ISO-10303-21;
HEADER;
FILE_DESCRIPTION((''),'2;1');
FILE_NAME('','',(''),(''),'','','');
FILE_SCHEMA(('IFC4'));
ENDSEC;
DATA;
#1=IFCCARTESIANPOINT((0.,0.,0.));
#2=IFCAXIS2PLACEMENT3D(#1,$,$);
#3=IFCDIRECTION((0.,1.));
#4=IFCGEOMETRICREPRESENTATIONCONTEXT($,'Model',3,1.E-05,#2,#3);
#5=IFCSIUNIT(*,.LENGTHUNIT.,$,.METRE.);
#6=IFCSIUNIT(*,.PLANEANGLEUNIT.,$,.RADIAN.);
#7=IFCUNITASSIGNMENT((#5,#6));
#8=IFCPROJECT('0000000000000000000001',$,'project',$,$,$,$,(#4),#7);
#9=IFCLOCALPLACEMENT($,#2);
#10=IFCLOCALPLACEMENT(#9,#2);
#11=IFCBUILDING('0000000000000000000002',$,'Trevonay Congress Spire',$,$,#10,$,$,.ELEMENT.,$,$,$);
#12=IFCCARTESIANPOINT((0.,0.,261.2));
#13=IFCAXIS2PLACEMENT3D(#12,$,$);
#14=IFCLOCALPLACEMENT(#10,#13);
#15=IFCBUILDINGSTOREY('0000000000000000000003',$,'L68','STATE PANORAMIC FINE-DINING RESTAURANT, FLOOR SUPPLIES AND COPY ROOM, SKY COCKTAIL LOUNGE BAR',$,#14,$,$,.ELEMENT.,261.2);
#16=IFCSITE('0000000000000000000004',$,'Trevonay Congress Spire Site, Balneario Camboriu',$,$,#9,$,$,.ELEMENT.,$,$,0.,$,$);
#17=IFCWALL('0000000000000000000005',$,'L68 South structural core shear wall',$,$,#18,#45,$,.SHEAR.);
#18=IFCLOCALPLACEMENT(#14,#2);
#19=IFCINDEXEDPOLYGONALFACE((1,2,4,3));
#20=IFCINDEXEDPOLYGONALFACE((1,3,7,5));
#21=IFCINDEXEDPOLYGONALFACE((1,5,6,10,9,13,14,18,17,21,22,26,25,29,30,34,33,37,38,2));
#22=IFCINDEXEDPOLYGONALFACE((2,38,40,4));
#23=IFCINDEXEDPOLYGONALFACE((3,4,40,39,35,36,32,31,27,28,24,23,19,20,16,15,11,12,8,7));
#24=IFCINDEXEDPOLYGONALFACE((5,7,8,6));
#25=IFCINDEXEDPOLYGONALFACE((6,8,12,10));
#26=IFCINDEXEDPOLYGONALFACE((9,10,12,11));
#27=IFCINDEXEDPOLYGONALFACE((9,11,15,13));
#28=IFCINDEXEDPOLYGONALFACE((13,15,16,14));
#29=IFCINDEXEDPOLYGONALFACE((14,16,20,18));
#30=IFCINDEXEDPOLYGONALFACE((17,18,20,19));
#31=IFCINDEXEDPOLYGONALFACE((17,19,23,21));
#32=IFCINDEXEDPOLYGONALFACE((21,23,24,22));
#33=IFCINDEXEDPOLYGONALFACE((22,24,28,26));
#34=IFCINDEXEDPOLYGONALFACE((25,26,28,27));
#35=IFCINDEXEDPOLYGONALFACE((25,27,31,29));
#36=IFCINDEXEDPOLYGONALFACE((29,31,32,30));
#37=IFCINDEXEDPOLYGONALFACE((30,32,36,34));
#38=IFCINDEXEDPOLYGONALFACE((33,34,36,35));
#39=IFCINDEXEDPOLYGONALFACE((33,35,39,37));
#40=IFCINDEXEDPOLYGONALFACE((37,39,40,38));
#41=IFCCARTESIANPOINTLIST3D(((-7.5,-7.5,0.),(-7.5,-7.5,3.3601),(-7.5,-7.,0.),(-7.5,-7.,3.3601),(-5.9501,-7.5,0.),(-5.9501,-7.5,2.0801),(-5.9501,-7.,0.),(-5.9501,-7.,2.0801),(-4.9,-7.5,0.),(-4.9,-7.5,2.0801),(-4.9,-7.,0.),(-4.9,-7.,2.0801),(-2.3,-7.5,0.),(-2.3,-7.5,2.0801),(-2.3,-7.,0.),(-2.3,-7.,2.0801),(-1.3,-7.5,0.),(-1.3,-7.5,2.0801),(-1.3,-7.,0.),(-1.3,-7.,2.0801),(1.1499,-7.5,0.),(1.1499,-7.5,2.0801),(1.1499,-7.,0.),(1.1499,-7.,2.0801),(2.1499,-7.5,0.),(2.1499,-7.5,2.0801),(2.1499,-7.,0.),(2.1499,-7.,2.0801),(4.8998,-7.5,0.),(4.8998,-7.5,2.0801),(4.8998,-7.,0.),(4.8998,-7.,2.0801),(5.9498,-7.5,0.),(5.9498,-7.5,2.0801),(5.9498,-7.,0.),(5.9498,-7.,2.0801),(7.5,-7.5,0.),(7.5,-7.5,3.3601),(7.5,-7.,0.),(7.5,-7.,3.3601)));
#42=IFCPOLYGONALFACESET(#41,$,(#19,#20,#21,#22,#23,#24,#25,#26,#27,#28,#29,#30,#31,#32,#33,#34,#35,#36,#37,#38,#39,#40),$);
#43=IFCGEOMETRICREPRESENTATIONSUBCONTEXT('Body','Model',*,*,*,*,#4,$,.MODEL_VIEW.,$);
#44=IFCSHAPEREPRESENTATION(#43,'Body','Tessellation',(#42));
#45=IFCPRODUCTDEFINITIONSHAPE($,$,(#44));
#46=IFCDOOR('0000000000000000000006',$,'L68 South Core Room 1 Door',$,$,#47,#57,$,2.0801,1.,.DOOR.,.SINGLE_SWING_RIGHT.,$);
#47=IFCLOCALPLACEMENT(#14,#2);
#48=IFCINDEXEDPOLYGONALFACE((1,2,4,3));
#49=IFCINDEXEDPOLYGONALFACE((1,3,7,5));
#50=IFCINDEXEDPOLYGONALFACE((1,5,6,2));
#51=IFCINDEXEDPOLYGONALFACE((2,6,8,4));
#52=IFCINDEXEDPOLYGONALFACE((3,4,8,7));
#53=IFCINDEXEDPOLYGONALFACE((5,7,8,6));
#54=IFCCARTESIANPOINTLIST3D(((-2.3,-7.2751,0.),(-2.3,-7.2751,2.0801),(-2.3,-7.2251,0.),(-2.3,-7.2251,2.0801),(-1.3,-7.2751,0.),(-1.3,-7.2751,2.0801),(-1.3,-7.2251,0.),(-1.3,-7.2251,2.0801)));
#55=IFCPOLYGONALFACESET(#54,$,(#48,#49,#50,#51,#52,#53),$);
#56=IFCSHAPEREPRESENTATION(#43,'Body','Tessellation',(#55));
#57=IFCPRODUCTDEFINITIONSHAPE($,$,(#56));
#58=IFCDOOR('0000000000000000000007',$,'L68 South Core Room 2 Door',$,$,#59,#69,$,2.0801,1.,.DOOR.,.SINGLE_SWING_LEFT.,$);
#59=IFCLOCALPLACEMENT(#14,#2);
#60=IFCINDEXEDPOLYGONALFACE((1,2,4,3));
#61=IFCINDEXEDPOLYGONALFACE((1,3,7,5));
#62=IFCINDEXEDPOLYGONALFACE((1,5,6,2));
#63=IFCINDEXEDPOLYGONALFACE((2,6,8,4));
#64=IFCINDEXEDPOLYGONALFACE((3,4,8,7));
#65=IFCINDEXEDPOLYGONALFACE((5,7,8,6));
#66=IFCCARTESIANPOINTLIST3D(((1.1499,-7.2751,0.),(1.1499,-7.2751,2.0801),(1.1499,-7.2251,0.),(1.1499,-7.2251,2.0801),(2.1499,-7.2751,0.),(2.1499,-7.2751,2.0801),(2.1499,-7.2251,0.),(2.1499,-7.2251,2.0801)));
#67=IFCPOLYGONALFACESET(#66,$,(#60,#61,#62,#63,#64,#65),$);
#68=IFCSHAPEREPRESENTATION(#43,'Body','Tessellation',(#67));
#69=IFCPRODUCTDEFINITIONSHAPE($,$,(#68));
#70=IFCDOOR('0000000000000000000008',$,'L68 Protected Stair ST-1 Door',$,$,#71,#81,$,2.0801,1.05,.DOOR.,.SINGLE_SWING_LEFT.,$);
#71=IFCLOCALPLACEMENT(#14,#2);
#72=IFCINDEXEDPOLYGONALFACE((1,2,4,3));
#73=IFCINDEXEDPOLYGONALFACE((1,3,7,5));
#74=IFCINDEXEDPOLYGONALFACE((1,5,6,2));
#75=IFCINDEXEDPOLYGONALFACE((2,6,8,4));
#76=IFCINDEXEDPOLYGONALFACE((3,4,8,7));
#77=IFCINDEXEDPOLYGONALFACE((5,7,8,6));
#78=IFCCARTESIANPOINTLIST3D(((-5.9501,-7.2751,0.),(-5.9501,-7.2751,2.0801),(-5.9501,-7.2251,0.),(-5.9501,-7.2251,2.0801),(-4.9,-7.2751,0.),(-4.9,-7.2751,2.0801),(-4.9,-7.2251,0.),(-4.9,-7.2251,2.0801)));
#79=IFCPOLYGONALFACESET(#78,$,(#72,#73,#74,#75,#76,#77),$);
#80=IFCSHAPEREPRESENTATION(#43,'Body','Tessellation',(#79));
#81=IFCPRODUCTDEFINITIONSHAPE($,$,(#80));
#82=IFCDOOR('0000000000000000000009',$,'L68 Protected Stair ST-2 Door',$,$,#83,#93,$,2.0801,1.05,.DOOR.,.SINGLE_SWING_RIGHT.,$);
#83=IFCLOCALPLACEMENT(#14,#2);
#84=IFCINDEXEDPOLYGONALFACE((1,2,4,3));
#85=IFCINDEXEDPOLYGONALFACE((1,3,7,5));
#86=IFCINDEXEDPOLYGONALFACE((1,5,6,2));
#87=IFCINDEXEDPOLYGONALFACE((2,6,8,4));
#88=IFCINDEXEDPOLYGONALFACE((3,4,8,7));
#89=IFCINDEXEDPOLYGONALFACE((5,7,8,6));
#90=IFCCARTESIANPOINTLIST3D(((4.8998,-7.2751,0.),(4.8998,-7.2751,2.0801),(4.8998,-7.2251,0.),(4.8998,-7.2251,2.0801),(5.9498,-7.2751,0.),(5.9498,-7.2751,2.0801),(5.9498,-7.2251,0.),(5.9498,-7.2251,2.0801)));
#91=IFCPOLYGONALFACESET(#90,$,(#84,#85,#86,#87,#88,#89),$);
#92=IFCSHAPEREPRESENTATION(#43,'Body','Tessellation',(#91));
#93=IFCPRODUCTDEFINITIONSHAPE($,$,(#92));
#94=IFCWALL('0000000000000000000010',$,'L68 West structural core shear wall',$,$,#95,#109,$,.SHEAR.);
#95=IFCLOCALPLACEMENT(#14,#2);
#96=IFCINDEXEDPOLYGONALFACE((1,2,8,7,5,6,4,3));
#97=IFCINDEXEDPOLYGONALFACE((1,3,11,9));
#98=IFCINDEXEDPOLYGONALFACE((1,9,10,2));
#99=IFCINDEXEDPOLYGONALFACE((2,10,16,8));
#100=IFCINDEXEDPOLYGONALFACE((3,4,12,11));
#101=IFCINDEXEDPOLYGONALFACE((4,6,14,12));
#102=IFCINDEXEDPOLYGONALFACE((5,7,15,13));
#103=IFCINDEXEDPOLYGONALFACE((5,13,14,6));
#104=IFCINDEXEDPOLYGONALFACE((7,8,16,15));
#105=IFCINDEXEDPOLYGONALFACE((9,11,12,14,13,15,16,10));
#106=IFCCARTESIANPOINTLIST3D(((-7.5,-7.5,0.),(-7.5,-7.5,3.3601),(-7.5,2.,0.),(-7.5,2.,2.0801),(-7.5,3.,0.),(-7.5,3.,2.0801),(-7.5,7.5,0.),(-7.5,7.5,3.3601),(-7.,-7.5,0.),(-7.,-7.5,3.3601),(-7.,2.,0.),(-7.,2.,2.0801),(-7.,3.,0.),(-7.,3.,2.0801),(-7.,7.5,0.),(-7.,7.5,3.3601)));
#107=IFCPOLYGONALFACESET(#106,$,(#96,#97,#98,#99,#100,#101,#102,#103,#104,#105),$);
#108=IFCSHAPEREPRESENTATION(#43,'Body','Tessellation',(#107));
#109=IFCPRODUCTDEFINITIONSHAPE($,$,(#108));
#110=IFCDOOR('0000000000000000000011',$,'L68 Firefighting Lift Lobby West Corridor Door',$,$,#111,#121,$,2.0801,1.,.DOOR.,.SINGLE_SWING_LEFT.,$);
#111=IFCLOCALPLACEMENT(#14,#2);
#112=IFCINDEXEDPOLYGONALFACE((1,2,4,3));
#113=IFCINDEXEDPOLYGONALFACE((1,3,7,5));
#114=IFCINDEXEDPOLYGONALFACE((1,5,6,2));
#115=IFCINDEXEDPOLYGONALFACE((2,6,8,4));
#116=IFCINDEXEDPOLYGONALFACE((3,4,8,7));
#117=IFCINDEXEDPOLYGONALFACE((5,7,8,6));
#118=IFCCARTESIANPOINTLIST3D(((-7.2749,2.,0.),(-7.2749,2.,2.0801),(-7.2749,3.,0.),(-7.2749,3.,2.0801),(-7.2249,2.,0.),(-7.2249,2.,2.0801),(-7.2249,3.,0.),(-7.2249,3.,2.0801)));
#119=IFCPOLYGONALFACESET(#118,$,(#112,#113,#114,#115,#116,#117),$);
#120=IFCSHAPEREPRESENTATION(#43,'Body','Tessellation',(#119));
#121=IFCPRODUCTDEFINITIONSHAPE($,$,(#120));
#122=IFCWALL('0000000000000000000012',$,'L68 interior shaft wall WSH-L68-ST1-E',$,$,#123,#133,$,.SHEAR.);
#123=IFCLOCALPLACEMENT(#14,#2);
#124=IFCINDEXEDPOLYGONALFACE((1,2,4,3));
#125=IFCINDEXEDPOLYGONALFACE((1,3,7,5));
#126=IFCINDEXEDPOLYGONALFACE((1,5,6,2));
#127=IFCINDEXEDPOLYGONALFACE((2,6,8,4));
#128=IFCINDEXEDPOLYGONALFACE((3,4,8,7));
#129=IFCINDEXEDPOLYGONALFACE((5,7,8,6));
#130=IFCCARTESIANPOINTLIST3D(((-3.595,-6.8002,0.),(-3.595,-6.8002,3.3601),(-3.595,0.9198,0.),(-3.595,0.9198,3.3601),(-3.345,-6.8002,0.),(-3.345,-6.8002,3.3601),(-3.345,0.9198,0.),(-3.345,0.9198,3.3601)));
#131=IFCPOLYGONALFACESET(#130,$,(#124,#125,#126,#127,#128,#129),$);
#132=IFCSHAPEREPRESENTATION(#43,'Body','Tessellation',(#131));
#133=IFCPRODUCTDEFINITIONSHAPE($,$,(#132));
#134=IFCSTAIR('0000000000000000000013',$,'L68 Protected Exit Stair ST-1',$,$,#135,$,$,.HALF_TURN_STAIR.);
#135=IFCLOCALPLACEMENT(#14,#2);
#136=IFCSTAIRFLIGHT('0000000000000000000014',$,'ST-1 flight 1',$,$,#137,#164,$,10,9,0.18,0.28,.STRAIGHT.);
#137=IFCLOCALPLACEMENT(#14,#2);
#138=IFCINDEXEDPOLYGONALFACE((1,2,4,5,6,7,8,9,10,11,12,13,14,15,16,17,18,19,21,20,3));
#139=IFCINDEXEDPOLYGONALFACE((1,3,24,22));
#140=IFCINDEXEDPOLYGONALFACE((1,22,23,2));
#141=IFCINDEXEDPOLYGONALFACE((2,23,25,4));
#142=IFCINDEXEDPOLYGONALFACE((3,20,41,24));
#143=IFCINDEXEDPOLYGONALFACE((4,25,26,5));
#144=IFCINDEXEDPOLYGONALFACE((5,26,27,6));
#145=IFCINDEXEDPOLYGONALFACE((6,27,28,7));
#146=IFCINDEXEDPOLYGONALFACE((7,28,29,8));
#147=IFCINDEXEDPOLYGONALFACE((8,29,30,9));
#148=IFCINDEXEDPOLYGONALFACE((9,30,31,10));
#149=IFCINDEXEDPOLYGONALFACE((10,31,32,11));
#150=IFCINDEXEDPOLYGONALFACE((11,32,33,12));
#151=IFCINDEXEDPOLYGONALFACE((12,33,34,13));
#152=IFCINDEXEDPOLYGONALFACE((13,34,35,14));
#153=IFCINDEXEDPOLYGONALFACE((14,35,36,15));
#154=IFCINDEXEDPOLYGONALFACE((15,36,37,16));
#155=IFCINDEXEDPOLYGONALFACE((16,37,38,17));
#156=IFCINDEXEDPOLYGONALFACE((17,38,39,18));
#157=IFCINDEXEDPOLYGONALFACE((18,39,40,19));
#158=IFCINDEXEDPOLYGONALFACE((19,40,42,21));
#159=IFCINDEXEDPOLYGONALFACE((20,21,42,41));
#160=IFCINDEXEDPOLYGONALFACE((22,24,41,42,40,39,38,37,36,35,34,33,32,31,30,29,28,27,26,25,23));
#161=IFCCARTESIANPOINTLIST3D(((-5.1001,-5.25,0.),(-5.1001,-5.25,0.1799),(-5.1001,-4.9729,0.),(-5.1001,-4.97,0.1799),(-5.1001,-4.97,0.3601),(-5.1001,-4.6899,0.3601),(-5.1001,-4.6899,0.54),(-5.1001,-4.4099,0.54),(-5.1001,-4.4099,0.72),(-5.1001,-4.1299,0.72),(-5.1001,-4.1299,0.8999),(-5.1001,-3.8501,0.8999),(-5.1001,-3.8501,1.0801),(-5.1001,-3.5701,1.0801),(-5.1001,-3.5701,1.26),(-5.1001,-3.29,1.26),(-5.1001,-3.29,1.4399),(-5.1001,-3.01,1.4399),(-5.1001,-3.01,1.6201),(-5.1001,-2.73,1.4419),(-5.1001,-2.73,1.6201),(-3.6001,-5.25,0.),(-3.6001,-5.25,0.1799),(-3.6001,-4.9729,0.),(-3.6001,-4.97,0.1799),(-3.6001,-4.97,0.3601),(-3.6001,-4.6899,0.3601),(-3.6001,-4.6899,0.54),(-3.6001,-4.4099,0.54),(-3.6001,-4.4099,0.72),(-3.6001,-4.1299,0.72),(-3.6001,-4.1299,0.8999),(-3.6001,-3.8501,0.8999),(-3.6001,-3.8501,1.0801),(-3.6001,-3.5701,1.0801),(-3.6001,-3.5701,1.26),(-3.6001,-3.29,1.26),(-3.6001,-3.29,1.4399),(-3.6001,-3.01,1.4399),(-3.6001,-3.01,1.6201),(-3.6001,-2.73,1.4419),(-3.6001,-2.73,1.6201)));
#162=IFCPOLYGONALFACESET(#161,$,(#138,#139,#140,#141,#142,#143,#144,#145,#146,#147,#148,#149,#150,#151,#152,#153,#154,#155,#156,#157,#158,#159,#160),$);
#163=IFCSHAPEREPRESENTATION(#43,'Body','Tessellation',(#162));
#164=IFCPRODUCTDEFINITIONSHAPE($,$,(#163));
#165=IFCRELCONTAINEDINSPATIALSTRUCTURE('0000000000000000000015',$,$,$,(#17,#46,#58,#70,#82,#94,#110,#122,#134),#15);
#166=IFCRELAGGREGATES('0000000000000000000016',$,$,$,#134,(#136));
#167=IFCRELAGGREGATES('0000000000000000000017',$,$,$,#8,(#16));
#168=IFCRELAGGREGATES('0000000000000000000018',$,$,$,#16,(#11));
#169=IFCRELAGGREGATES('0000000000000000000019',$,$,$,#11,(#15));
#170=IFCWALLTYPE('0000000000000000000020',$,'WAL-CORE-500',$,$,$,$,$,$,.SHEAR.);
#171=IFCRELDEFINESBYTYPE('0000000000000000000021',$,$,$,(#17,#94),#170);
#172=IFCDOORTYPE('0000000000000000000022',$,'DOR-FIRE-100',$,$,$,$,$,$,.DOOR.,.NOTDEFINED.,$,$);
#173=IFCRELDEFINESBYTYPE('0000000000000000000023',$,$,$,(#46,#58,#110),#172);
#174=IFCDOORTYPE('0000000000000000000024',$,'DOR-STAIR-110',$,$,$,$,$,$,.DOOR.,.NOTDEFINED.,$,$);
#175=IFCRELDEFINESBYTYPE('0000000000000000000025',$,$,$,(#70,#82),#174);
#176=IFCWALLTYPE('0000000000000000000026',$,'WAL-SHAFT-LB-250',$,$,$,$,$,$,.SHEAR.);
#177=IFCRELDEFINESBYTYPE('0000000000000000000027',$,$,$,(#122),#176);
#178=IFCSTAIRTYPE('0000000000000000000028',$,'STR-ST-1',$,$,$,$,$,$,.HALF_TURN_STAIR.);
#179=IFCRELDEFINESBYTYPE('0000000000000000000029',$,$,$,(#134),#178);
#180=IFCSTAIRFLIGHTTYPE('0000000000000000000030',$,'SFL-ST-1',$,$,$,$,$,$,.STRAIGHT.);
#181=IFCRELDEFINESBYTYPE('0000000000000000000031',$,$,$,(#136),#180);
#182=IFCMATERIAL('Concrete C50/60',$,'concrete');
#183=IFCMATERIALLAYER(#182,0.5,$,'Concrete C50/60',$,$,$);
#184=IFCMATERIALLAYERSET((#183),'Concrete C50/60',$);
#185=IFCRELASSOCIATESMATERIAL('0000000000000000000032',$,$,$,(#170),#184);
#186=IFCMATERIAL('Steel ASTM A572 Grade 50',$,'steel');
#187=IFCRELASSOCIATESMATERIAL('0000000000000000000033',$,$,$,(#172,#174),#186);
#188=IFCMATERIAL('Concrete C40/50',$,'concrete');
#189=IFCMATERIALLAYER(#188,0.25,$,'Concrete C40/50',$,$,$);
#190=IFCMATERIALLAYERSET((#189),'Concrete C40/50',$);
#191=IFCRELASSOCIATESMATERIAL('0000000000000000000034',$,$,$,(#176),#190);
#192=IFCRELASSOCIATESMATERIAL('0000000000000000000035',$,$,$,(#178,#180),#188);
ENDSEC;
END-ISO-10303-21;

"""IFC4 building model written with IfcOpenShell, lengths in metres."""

from ifc_helpers import new_model, si_unit, direction, frame, frame_2d, origin, place, context, subcontext, project, spatial, polyline, rectangle, outline, extrude, material, layer, layer_set, type_object, element, fill, aggregate, save


model = new_model("IFC4")

# Units and contexts
model_context = context("Model", 3, precision=1e-05, world=origin(), true_north=direction((0.0, 1.0)))
body_context = subcontext(model_context, "Body", "Model", "MODEL_VIEW")
ifc_project = project(units=[si_unit("LENGTHUNIT", "METRE"), si_unit("PLANEANGLEUNIT", "RADIAN")], contexts=[model_context])

# Site, building, storey
site_placement = place(None, origin())
site = spatial("IfcSite", under=ifc_project, at=site_placement, Name="Trevonay Congress Spire Site, Balneario Camboriu", CompositionType="ELEMENT", RefElevation=0.0)
building_placement = place(site_placement, origin())
building = spatial("IfcBuilding", under=site, at=building_placement, Name="Trevonay Congress Spire", CompositionType="ELEMENT")
storey_placement = place(building_placement, frame((0.0, 0.0, 261.2)))
storey = spatial("IfcBuildingStorey", under=building, at=storey_placement, Name="L68", Description="STATE PANORAMIC FINE-DINING RESTAURANT, FLOOR SUPPLIES AND COPY ROOM, SKY COCKTAIL LOUNGE BAR", CompositionType="ELEMENT", Elevation=261.2)

# Shared definitions
ifc_material_1 = material(Name="Steel ASTM A572 Grade 50", Category="steel")

# Wall, openings, doors
ifc_material_2 = material(Name="Concrete C50/60", Category="concrete")
ifc_layer_1 = layer(ifc_material_2, 0.5, Name="Concrete C50/60")
ifc_layer_set_1 = layer_set([ifc_layer_1], Name="Concrete C50/60")
wall_type_1 = type_object("IfcWallType", Name="WAL-CORE-500", PredefinedType="SHEAR", material=ifc_layer_set_1)
wall_1_placement = place(storey_placement, frame((-7.5, -7.25, 0.0), z_axis=(0.0, 0.0, 1.0), x_axis=(1.0, 0.0, 0.0)))
wall_1 = element("IfcWall", 1, at=wall_1_placement, inside=storey, type_object=wall_type_1, Name="L68 South structural core shear wall", PredefinedType="SHEAR", context=body_context, shape_type="SweptSolid", body=[
    extrude(rectangle(XDim=15.0, YDim=0.5, at=frame_2d((7.5, 0.0))), origin(), (0.0, 0.0, 1.0), 3.3601),
])
opening_1_placement = place(wall_1_placement, frame((1.55, 0.0, 0.0)))
opening_1 = element("IfcOpeningElement", 2, at=opening_1_placement, cuts=wall_1, PredefinedType="OPENING", context=body_context, shape_type="SweptSolid", body=[
    extrude(rectangle(XDim=1.05, YDim=2.0801, at=frame_2d((0.5249, 1.04))), frame((0.0, 0.26, 0.0), z_axis=(0.0, -1.0, 0.0), x_axis=(1.0, 0.0, 0.0)), (0.0, 0.0, 1.0), 0.52),
])
opening_2_placement = place(wall_1_placement, frame((12.3999, 0.0, 0.0)))
opening_2 = element("IfcOpeningElement", 3, at=opening_2_placement, cuts=wall_1, PredefinedType="OPENING", context=body_context, shape_type="SweptSolid", body=[
    extrude(rectangle(XDim=1.05, YDim=2.0801, at=frame_2d((0.5249, 1.04))), frame((0.0, 0.26, 0.0), z_axis=(0.0, -1.0, 0.0), x_axis=(1.0, 0.0, 0.0)), (0.0, 0.0, 1.0), 0.52),
])
opening_3_placement = place(wall_1_placement, frame((5.2, 0.0, 0.0)))
opening_3 = element("IfcOpeningElement", 4, at=opening_3_placement, cuts=wall_1, PredefinedType="OPENING", context=body_context, shape_type="SweptSolid", body=[
    extrude(rectangle(XDim=1.0, YDim=2.0801, at=frame_2d((0.5, 1.04))), frame((0.0, 0.26, 0.0), z_axis=(0.0, -1.0, 0.0), x_axis=(1.0, 0.0, 0.0)), (0.0, 0.0, 1.0), 0.52),
])
opening_4_placement = place(wall_1_placement, frame((8.6499, 0.0, 0.0)))
opening_4 = element("IfcOpeningElement", 5, at=opening_4_placement, cuts=wall_1, PredefinedType="OPENING", context=body_context, shape_type="SweptSolid", body=[
    extrude(rectangle(XDim=1.0, YDim=2.0801, at=frame_2d((0.5, 1.04))), frame((0.0, 0.26, 0.0), z_axis=(0.0, -1.0, 0.0), x_axis=(1.0, 0.0, 0.0)), (0.0, 0.0, 1.0), 0.52),
])
door_type_1 = type_object("IfcDoorType", Name="DOR-FIRE-100", OperationType="NOTDEFINED", PredefinedType="DOOR", material=ifc_material_1)
door_1_placement = place(opening_3_placement, origin())
door_1 = element("IfcDoor", 6, at=door_1_placement, inside=storey, type_object=door_type_1, Name="L68 South Core Room 1 Door", OperationType="SINGLE_SWING_RIGHT", OverallHeight=2.0801, OverallWidth=1.0, PredefinedType="DOOR", context=body_context, shape_type="SweptSolid", body=[
    extrude(rectangle(XDim=1.0, YDim=2.0801, at=frame_2d((0.5, 1.04))), frame((0.0, 0.0249, 0.0), z_axis=(0.0, -1.0, 0.0), x_axis=(1.0, 0.0, 0.0)), (0.0, 0.0, 1.0), 0.05),
])
fill(opening_3, door_1)
door_2_placement = place(opening_4_placement, origin())
door_2 = element("IfcDoor", 7, at=door_2_placement, inside=storey, type_object=door_type_1, Name="L68 South Core Room 2 Door", OperationType="SINGLE_SWING_LEFT", OverallHeight=2.0801, OverallWidth=1.0, PredefinedType="DOOR", context=body_context, shape_type="SweptSolid", body=[
    extrude(rectangle(XDim=1.0, YDim=2.0801, at=frame_2d((0.5, 1.04))), frame((0.0, 0.0249, 0.0), z_axis=(0.0, -1.0, 0.0), x_axis=(1.0, 0.0, 0.0)), (0.0, 0.0, 1.0), 0.05),
])
fill(opening_4, door_2)
door_type_2 = type_object("IfcDoorType", Name="DOR-STAIR-110", OperationType="NOTDEFINED", PredefinedType="DOOR", material=ifc_material_1)
door_3_placement = place(opening_1_placement, origin())
door_3 = element("IfcDoor", 8, at=door_3_placement, inside=storey, type_object=door_type_2, Name="L68 Protected Stair ST-1 Door", OperationType="SINGLE_SWING_LEFT", OverallHeight=2.0801, OverallWidth=1.05, PredefinedType="DOOR", context=body_context, shape_type="SweptSolid", body=[
    extrude(rectangle(XDim=1.05, YDim=2.0801, at=frame_2d((0.5249, 1.04))), frame((0.0, 0.0249, 0.0), z_axis=(0.0, -1.0, 0.0), x_axis=(1.0, 0.0, 0.0)), (0.0, 0.0, 1.0), 0.05),
])
fill(opening_1, door_3)
door_4_placement = place(opening_2_placement, origin())
door_4 = element("IfcDoor", 9, at=door_4_placement, inside=storey, type_object=door_type_2, Name="L68 Protected Stair ST-2 Door", OperationType="SINGLE_SWING_RIGHT", OverallHeight=2.0801, OverallWidth=1.05, PredefinedType="DOOR", context=body_context, shape_type="SweptSolid", body=[
    extrude(rectangle(XDim=1.05, YDim=2.0801, at=frame_2d((0.5249, 1.04))), frame((0.0, 0.0249, 0.0), z_axis=(0.0, -1.0, 0.0), x_axis=(1.0, 0.0, 0.0)), (0.0, 0.0, 1.0), 0.05),
])
fill(opening_2, door_4)

# Wall, opening, door
wall_2_placement = place(storey_placement, frame((-7.25, -7.5, 0.0), z_axis=(0.0, 0.0, 1.0), x_axis=(0.0, 1.0, 0.0)))
wall_2 = element("IfcWall", 10, at=wall_2_placement, inside=storey, type_object=wall_type_1, Name="L68 West structural core shear wall", PredefinedType="SHEAR", context=body_context, shape_type="SweptSolid", body=[
    extrude(rectangle(XDim=15.0, YDim=0.5, at=frame_2d((7.5, 0.0))), origin(), (0.0, 0.0, 1.0), 3.3601),
])
opening_5_placement = place(wall_2_placement, frame((9.5, 0.0, 0.0)))
opening_5 = element("IfcOpeningElement", 11, at=opening_5_placement, cuts=wall_2, PredefinedType="OPENING", context=body_context, shape_type="SweptSolid", body=[
    extrude(rectangle(XDim=1.0, YDim=2.0801, at=frame_2d((0.5, 1.04))), frame((0.0, 0.26, 0.0), z_axis=(0.0, -1.0, 0.0), x_axis=(1.0, 0.0, 0.0)), (0.0, 0.0, 1.0), 0.52),
])
door_5_placement = place(opening_5_placement, origin())
door_5 = element("IfcDoor", 12, at=door_5_placement, inside=storey, type_object=door_type_1, Name="L68 Firefighting Lift Lobby West Corridor Door", OperationType="SINGLE_SWING_LEFT", OverallHeight=2.0801, OverallWidth=1.0, PredefinedType="DOOR", context=body_context, shape_type="SweptSolid", body=[
    extrude(rectangle(XDim=1.0, YDim=2.0801, at=frame_2d((0.5, 1.04))), frame((0.0, 0.0249, 0.0), z_axis=(0.0, -1.0, 0.0), x_axis=(1.0, 0.0, 0.0)), (0.0, 0.0, 1.0), 0.05),
])
fill(opening_5, door_5)

# Wall
ifc_material_3 = material(Name="Concrete C40/50", Category="concrete")
ifc_layer_2 = layer(ifc_material_3, 0.25, Name="Concrete C40/50")
ifc_layer_set_2 = layer_set([ifc_layer_2], Name="Concrete C40/50")
wall_type_2 = type_object("IfcWallType", Name="WAL-SHAFT-LB-250", PredefinedType="SHEAR", material=ifc_layer_set_2)
wall_3_placement = place(storey_placement, frame((-3.47, -6.8, 0.0), z_axis=(0.0, 0.0, 1.0), x_axis=(0.0, 1.0, 0.0)))
element("IfcWall", 13, at=wall_3_placement, inside=storey, type_object=wall_type_2, Name="L68 interior shaft wall WSH-L68-ST1-E", PredefinedType="SHEAR", context=body_context, shape_type="SweptSolid", body=[
    extrude(rectangle(XDim=7.72, YDim=0.25, at=frame_2d((3.8599, 0.0))), origin(), (0.0, 0.0, 1.0), 3.3601),
])

# Stair, stair flight
stair_type = type_object("IfcStairType", Name="STR-ST-1", PredefinedType="HALF_TURN_STAIR", material=ifc_material_3)
stair_placement = place(storey_placement, origin())
stair = element("IfcStair", 14, at=stair_placement, inside=storey, type_object=stair_type, Name="L68 Protected Exit Stair ST-1", PredefinedType="HALF_TURN_STAIR")
stair_flight_type = type_object("IfcStairFlightType", Name="SFL-ST-1", PredefinedType="STRAIGHT", material=ifc_material_3)
stair_flight_1_placement = place(storey_placement, frame((-4.3501, -5.25, 0.0), z_axis=(0.0, 0.0, 1.0), x_axis=(0.0, 1.0, 0.0)))
stair_flight_1 = element("IfcStairFlight", 15, at=stair_flight_1_placement, type_object=stair_flight_type, Name="ST-1 flight 1", NumberOfRisers=10, NumberOfTreads=9, PredefinedType="STRAIGHT", RiserHeight=0.18, TreadLength=0.28, context=body_context, shape_type="SweptSolid", body=[
    extrude(outline(polyline([(0.0, 0.0), (0.0, 0.1799), (0.28, 0.1799), (0.28, 0.3601), (0.5601, 0.3601), (0.5601, 0.54), (0.8401, 0.54), (0.8401, 0.72), (1.1201, 0.72), (1.1201, 0.8999), (1.3999, 0.8999), (1.3999, 1.0801), (1.6799, 1.0801), (1.6799, 1.26), (1.96, 1.26), (1.96, 1.4399), (2.24, 1.4399), (2.24, 1.6201), (2.52, 1.6201), (2.52, 1.8), (2.52, 1.4419), (0.2771, 0.0), (0.0, 0.0)])), frame((0.0, 0.75, 0.0), z_axis=(0.0, -1.0, 0.0), x_axis=(1.0, 0.0, 0.0)), (0.0, 0.0, 1.0), 1.5),
])
aggregate(stair, [stair_flight_1])

save(model, "model.ifc")
